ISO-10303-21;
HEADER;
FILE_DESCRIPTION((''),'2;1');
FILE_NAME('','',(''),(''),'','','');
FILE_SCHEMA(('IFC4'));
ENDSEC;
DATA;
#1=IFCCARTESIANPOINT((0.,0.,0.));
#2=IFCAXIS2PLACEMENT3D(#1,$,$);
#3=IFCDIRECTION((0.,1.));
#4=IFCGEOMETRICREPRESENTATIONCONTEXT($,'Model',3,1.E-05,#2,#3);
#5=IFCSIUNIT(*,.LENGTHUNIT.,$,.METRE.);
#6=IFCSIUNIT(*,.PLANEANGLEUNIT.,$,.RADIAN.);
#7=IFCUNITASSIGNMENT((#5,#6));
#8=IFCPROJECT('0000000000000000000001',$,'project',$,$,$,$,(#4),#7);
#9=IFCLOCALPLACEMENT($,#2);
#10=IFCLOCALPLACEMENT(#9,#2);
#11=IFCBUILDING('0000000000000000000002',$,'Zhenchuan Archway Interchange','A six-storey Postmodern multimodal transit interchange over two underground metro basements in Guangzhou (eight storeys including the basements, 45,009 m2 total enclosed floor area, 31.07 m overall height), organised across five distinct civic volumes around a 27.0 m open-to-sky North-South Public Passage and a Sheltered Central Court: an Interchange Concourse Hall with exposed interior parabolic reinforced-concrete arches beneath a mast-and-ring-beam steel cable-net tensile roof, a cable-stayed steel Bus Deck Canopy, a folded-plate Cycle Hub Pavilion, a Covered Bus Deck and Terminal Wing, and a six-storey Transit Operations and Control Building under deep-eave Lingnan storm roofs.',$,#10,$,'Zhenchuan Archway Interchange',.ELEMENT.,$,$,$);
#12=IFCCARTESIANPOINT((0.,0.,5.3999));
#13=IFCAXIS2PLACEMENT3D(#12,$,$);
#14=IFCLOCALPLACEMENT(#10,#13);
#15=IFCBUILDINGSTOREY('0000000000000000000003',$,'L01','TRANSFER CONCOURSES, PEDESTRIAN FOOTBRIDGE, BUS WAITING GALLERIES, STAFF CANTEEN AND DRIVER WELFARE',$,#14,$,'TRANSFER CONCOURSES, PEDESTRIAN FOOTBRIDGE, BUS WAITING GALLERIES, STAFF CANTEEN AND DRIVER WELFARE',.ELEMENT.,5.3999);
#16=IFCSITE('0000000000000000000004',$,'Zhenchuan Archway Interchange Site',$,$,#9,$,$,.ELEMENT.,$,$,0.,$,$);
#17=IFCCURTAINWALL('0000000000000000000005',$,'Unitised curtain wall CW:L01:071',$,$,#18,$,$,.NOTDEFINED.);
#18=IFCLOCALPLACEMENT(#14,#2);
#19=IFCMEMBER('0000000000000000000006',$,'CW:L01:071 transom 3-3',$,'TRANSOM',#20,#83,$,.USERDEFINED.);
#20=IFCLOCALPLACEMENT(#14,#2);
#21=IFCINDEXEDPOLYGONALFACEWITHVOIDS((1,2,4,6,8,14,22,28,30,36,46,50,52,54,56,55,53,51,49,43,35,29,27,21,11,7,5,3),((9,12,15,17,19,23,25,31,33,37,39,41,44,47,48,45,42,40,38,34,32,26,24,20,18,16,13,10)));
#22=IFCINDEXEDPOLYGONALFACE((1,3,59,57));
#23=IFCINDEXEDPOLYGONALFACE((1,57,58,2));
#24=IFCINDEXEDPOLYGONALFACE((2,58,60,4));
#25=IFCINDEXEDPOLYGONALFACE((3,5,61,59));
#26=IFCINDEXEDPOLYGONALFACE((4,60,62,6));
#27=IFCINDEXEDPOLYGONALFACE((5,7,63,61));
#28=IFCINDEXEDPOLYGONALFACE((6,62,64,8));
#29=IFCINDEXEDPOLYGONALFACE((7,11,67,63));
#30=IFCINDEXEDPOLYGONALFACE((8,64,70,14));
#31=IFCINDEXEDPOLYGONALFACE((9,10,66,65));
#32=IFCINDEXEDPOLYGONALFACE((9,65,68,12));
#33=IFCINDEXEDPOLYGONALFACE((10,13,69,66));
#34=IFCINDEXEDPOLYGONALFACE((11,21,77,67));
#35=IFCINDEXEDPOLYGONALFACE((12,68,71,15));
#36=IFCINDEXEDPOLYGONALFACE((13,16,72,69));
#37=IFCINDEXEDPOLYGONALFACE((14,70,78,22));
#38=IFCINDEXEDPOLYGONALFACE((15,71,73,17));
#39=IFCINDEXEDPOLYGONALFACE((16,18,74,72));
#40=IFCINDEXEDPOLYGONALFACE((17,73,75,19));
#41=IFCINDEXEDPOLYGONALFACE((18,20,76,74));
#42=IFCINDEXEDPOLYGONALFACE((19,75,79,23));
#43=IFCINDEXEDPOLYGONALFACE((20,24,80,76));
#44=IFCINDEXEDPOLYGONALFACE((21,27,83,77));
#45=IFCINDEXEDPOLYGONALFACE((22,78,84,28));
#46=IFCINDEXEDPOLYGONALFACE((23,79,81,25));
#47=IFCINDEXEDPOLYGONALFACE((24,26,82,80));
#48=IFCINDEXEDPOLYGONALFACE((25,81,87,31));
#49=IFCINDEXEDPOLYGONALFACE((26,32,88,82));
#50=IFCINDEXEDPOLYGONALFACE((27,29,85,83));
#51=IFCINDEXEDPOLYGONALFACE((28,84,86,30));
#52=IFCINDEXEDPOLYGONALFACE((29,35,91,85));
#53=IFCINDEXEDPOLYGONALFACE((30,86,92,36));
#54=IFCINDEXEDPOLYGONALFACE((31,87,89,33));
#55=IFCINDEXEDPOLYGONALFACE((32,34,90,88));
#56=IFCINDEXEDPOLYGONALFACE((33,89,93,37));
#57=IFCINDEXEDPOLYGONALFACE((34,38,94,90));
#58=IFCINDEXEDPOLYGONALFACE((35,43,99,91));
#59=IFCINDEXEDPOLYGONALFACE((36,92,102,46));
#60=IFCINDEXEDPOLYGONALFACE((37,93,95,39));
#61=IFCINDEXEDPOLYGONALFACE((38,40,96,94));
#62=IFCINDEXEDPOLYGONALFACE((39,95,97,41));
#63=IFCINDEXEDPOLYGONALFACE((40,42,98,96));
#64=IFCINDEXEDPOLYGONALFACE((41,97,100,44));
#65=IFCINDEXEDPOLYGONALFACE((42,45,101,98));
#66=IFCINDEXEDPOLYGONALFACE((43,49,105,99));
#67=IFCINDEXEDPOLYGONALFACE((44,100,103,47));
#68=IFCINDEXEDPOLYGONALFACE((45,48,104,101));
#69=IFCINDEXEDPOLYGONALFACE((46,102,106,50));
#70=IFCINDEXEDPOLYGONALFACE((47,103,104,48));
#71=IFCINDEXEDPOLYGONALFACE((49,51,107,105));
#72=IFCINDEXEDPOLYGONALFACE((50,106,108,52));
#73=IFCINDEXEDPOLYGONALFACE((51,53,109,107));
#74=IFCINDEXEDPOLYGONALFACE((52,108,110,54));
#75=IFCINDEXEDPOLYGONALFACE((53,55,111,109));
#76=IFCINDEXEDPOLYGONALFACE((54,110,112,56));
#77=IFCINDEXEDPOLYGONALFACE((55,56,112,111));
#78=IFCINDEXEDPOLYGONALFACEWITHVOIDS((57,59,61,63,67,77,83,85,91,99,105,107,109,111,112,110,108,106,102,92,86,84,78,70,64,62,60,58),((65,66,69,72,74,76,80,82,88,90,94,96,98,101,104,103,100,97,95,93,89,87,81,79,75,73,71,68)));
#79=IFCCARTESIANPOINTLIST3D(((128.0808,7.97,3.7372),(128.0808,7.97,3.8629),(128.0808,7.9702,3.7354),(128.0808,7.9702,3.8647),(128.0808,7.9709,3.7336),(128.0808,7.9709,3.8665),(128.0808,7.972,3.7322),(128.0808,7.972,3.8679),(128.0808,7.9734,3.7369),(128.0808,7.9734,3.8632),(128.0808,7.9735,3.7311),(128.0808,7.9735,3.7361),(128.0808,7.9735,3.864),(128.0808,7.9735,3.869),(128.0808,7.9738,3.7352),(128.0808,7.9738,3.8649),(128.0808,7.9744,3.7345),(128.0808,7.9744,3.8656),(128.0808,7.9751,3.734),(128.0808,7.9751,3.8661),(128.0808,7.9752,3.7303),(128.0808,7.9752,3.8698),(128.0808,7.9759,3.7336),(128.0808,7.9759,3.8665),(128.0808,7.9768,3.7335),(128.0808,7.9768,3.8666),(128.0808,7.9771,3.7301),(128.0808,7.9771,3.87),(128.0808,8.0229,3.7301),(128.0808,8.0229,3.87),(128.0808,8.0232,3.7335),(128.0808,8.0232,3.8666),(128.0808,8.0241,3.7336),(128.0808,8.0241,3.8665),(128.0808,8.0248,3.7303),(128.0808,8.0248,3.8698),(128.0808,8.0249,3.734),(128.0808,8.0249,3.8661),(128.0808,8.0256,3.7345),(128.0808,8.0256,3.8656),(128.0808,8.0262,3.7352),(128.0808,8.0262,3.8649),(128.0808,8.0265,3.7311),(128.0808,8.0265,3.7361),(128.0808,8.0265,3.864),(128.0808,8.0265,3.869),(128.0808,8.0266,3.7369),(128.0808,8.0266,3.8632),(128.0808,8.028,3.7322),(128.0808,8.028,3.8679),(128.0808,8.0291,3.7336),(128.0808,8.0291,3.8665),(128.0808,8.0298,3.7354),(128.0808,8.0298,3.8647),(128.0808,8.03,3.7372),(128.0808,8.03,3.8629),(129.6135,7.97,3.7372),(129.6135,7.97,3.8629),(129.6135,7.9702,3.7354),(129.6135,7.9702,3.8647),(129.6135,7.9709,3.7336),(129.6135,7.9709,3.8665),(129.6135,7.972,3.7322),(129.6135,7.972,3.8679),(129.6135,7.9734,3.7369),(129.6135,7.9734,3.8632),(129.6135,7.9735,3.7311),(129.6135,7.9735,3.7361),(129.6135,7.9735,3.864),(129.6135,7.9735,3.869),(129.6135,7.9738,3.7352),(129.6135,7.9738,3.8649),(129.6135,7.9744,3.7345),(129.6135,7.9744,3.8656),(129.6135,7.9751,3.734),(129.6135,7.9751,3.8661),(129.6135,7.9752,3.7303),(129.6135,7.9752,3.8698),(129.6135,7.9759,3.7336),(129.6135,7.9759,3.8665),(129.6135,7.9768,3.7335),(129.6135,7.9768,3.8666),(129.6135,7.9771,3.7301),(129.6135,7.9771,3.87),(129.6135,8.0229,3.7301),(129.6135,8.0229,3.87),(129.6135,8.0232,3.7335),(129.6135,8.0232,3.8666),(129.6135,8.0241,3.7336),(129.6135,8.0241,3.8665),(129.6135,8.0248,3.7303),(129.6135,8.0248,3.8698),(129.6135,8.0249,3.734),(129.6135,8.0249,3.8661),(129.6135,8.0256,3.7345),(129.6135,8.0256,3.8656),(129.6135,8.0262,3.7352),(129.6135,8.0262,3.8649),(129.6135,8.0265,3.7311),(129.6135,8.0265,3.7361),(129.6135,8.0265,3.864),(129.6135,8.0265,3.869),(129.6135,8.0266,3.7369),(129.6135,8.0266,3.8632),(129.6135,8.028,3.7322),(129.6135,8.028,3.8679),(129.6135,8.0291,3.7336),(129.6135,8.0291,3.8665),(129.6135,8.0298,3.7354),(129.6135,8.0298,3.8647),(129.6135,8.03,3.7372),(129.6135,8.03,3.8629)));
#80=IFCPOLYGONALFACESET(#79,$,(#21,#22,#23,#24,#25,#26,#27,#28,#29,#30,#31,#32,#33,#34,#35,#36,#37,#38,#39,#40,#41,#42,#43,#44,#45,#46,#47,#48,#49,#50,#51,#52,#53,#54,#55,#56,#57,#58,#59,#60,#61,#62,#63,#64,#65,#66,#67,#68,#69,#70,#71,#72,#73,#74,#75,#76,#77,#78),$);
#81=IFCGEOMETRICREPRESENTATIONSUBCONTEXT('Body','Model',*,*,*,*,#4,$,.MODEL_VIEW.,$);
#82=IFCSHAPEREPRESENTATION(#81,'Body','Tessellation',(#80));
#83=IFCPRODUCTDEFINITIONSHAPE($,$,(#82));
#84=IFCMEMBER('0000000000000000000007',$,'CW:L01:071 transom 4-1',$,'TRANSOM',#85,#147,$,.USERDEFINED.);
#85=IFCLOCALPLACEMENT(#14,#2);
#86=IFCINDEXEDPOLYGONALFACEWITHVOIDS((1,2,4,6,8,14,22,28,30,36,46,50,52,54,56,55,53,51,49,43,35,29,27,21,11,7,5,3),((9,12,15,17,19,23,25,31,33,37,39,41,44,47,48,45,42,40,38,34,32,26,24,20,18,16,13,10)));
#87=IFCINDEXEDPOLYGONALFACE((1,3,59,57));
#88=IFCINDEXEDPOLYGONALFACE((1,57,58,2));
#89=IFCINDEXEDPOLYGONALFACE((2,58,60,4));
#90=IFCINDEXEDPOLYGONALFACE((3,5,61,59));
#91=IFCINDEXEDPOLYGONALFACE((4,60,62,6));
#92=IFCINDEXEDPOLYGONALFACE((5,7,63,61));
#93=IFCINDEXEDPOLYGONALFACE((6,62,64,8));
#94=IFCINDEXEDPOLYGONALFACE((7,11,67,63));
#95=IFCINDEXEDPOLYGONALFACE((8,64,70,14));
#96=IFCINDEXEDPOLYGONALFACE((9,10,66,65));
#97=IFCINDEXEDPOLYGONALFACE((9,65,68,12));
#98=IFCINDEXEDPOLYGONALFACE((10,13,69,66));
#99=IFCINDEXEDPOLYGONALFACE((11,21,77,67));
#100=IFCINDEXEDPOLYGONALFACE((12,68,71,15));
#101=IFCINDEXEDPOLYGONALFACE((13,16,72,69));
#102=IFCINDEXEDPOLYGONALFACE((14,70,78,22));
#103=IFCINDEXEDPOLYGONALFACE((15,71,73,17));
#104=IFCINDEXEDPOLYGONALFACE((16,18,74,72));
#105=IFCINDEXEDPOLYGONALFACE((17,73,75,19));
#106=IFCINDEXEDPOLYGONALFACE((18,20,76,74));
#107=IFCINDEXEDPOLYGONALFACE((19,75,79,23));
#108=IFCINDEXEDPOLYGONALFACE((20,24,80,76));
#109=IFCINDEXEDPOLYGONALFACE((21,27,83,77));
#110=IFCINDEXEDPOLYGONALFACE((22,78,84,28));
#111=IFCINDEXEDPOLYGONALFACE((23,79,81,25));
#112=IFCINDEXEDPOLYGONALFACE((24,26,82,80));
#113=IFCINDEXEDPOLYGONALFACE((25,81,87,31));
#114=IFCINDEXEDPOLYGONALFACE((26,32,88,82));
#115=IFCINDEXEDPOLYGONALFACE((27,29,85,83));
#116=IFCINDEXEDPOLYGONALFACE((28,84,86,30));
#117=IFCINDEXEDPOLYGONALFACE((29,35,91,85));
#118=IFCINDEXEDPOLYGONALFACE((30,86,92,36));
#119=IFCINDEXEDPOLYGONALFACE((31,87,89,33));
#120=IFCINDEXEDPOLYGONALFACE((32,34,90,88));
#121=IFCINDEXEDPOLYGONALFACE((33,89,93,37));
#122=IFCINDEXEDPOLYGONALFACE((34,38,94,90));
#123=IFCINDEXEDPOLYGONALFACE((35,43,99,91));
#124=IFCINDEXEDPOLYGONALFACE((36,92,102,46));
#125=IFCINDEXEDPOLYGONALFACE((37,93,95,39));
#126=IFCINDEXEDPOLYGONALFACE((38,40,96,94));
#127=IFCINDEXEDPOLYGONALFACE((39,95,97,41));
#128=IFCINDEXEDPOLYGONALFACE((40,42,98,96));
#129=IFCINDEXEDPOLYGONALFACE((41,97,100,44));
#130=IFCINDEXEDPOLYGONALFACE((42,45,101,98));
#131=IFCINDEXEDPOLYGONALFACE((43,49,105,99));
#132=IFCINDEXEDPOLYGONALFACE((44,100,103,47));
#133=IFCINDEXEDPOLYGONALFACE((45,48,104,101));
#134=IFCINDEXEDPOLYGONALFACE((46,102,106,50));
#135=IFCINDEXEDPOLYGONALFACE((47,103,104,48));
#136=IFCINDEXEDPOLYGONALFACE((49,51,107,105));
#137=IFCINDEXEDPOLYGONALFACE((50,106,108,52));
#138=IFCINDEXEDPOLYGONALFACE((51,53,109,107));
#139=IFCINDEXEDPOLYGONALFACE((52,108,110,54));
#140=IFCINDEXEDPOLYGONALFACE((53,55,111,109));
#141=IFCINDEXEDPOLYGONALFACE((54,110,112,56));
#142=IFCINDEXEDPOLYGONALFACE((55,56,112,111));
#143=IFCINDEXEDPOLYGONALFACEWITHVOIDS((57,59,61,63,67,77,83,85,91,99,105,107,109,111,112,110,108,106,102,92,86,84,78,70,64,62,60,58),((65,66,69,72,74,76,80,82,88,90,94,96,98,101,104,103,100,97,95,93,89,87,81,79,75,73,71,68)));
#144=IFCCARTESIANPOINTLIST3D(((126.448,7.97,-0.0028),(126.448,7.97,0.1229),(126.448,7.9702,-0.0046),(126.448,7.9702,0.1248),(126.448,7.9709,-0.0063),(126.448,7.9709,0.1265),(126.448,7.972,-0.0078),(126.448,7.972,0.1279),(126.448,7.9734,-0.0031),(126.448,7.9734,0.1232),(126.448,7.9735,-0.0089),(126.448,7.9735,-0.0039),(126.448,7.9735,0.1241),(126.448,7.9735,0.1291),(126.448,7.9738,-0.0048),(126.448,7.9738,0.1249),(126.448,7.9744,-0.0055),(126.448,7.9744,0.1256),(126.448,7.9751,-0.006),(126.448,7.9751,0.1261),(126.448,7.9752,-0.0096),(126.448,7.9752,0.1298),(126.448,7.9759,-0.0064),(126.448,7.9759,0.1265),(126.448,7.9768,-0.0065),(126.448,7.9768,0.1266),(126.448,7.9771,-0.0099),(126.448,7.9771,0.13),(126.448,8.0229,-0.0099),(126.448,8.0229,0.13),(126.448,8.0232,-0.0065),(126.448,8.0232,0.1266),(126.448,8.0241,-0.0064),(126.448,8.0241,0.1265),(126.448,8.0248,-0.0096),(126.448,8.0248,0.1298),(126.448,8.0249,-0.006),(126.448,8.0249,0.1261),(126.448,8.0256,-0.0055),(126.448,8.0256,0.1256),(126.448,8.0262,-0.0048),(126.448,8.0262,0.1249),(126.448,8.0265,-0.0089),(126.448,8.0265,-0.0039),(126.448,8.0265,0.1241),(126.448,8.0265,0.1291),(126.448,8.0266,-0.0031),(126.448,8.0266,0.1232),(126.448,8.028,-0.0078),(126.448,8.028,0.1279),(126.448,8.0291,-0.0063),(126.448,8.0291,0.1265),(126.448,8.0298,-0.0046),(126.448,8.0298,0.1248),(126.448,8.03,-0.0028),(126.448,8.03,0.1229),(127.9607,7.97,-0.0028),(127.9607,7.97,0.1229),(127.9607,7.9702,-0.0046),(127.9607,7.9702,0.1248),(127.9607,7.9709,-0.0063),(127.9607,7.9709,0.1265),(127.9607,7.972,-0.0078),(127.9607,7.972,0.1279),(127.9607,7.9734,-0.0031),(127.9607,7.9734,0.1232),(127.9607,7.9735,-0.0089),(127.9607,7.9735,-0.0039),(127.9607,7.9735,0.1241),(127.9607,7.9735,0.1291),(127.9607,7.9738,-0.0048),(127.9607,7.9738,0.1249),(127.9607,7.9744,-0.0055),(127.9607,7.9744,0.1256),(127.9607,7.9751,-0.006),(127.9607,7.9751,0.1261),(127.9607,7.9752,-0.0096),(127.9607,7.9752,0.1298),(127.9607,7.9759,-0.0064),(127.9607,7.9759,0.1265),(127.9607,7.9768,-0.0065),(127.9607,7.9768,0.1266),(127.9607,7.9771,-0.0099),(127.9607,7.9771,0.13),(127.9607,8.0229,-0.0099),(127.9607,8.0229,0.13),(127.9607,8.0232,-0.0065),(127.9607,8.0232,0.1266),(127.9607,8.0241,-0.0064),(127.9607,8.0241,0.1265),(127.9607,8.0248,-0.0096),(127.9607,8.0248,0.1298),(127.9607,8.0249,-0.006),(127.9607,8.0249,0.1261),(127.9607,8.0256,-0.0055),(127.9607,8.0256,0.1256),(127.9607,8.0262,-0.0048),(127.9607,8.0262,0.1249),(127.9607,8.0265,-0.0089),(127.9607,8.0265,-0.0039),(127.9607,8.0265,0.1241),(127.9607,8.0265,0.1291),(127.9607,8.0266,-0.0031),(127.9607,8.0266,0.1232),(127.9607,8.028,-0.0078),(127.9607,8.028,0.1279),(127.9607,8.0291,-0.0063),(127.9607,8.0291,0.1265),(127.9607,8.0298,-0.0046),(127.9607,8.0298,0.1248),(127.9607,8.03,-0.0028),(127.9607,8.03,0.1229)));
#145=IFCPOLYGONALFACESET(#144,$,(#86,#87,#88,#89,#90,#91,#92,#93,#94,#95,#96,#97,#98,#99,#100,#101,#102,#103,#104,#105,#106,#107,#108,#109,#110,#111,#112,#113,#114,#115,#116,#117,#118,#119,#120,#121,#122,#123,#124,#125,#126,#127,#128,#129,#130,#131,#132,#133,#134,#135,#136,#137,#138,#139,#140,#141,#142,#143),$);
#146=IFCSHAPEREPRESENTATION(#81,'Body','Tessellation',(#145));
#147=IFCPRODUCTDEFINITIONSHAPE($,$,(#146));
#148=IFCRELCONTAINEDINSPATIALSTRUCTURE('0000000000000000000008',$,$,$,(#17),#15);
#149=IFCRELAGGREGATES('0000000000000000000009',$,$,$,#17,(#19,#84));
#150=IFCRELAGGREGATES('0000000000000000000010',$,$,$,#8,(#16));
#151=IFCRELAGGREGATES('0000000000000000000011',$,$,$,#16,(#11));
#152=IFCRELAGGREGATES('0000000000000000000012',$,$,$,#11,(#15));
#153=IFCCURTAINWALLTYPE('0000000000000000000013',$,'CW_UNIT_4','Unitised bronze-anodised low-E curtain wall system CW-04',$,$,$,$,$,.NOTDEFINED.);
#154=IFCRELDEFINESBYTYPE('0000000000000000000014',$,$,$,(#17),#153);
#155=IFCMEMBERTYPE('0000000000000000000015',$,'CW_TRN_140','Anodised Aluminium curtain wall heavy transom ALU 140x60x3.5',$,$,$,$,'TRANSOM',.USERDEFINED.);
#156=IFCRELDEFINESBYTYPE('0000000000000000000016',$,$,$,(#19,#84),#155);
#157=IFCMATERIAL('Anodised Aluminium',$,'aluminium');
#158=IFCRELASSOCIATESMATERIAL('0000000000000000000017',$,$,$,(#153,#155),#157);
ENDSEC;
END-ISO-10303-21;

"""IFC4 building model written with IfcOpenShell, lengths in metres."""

from ifc_helpers import new_model, si_unit, direction, frame, origin, origin_2d, place, context, subcontext, project, spatial, hollow_rectangle, extrude, material, material_profile, profile_set, type_object, element, aggregate, save


model = new_model("IFC4")

# Units and contexts
model_context = context("Model", 3, precision=1e-05, world=origin(), true_north=direction((0.0, 1.0)))
body_context = subcontext(model_context, "Body", "Model", "MODEL_VIEW")
ifc_project = project(units=[si_unit("LENGTHUNIT", "METRE"), si_unit("PLANEANGLEUNIT", "RADIAN")], contexts=[model_context])

# Site, building, storey
site_placement = place(None, origin())
site = spatial("IfcSite", under=ifc_project, at=site_placement, Name="Zhenchuan Archway Interchange Site", CompositionType="ELEMENT", RefElevation=0.0)
building_placement = place(site_placement, origin())
building = spatial("IfcBuilding", under=site, at=building_placement, Name="Zhenchuan Archway Interchange", Description="A six-storey Postmodern multimodal transit interchange over two underground metro basements in Guangzhou (eight storeys including the basements, 45,009 m2 total enclosed floor area, 31.07 m overall height), organised across five distinct civic volumes around a 27.0 m open-to-sky North-South Public Passage and a Sheltered Central Court: an Interchange Concourse Hall with exposed interior parabolic reinforced-concrete arches beneath a mast-and-ring-beam steel cable-net tensile roof, a cable-stayed steel Bus Deck Canopy, a folded-plate Cycle Hub Pavilion, a Covered Bus Deck and Terminal Wing, and a six-storey Transit Operations and Control Building under deep-eave Lingnan storm roofs.", LongName="Zhenchuan Archway Interchange", CompositionType="ELEMENT")
storey_placement = place(building_placement, frame((0.0, 0.0, 5.3999)))
storey = spatial("IfcBuildingStorey", under=building, at=storey_placement, Name="L01", Description="TRANSFER CONCOURSES, PEDESTRIAN FOOTBRIDGE, BUS WAITING GALLERIES, STAFF CANTEEN AND DRIVER WELFARE", LongName="TRANSFER CONCOURSES, PEDESTRIAN FOOTBRIDGE, BUS WAITING GALLERIES, STAFF CANTEEN AND DRIVER WELFARE", CompositionType="ELEMENT", Elevation=5.3999)

# Curtain wall, members
ifc_material_1 = material(Name="Anodised Aluminium", Category="aluminium")
curtain_wall_type = type_object("IfcCurtainWallType", Name="CW_UNIT_4", Description="Unitised bronze-anodised low-E curtain wall system CW-04", PredefinedType="NOTDEFINED", material=ifc_material_1)
curtain_wall_placement = place(storey_placement, origin())
curtain_wall = element("IfcCurtainWall", 1, at=curtain_wall_placement, inside=storey, type_object=curtain_wall_type, Name="Unitised curtain wall CW:L01:071", PredefinedType="NOTDEFINED")
ifc_material_profile_1 = material_profile(ifc_material_1, hollow_rectangle(XDim=0.0601, YDim=0.1399, WallThickness=0.0034, InnerFilletRadius=0.0034, OuterFilletRadius=0.0071, at=origin_2d()), Name="ALU 140x60x3.5")
ifc_profile_set_1 = profile_set([ifc_material_profile_1], Name="Anodised Aluminium")
member_type_1 = type_object("IfcMemberType", Name="CW_TRN_140", Description="Anodised Aluminium curtain wall heavy transom ALU 140x60x3.5", ElementType="TRANSOM", PredefinedType="USERDEFINED", material=ifc_profile_set_1)
member_1_placement = place(storey_placement, frame((129.6135, 8.0, 3.8), z_axis=(-1.0, 0.0, 0.0), x_axis=(0.0, -1.0, 0.0)))
member_1 = element("IfcMember", 2, at=member_1_placement, type_object=member_type_1, Name="CW:L01:071 transom 3-3", ObjectType="TRANSOM", PredefinedType="USERDEFINED", context=body_context, shape_type="SweptSolid", body=[
    extrude(hollow_rectangle(XDim=0.0601, YDim=0.1399, WallThickness=0.0034, InnerFilletRadius=0.0034, OuterFilletRadius=0.0071, at=origin_2d()), origin(), (0.0, 0.0, 1.0), 1.5327),
])
member_2_placement = place(storey_placement, frame((127.9607, 8.0, 0.0601), z_axis=(-1.0, 0.0, 0.0), x_axis=(0.0, -1.0, 0.0)))
member_2 = element("IfcMember", 3, at=member_2_placement, type_object=member_type_1, Name="CW:L01:071 transom 4-1", ObjectType="TRANSOM", PredefinedType="USERDEFINED", context=body_context, shape_type="SweptSolid", body=[
    extrude(hollow_rectangle(XDim=0.0601, YDim=0.1399, WallThickness=0.0034, InnerFilletRadius=0.0034, OuterFilletRadius=0.0071, at=origin_2d()), origin(), (0.0, 0.0, 1.0), 1.5127),
])

aggregate(curtain_wall, [member_1, member_2])

save(model, "model.ifc")
